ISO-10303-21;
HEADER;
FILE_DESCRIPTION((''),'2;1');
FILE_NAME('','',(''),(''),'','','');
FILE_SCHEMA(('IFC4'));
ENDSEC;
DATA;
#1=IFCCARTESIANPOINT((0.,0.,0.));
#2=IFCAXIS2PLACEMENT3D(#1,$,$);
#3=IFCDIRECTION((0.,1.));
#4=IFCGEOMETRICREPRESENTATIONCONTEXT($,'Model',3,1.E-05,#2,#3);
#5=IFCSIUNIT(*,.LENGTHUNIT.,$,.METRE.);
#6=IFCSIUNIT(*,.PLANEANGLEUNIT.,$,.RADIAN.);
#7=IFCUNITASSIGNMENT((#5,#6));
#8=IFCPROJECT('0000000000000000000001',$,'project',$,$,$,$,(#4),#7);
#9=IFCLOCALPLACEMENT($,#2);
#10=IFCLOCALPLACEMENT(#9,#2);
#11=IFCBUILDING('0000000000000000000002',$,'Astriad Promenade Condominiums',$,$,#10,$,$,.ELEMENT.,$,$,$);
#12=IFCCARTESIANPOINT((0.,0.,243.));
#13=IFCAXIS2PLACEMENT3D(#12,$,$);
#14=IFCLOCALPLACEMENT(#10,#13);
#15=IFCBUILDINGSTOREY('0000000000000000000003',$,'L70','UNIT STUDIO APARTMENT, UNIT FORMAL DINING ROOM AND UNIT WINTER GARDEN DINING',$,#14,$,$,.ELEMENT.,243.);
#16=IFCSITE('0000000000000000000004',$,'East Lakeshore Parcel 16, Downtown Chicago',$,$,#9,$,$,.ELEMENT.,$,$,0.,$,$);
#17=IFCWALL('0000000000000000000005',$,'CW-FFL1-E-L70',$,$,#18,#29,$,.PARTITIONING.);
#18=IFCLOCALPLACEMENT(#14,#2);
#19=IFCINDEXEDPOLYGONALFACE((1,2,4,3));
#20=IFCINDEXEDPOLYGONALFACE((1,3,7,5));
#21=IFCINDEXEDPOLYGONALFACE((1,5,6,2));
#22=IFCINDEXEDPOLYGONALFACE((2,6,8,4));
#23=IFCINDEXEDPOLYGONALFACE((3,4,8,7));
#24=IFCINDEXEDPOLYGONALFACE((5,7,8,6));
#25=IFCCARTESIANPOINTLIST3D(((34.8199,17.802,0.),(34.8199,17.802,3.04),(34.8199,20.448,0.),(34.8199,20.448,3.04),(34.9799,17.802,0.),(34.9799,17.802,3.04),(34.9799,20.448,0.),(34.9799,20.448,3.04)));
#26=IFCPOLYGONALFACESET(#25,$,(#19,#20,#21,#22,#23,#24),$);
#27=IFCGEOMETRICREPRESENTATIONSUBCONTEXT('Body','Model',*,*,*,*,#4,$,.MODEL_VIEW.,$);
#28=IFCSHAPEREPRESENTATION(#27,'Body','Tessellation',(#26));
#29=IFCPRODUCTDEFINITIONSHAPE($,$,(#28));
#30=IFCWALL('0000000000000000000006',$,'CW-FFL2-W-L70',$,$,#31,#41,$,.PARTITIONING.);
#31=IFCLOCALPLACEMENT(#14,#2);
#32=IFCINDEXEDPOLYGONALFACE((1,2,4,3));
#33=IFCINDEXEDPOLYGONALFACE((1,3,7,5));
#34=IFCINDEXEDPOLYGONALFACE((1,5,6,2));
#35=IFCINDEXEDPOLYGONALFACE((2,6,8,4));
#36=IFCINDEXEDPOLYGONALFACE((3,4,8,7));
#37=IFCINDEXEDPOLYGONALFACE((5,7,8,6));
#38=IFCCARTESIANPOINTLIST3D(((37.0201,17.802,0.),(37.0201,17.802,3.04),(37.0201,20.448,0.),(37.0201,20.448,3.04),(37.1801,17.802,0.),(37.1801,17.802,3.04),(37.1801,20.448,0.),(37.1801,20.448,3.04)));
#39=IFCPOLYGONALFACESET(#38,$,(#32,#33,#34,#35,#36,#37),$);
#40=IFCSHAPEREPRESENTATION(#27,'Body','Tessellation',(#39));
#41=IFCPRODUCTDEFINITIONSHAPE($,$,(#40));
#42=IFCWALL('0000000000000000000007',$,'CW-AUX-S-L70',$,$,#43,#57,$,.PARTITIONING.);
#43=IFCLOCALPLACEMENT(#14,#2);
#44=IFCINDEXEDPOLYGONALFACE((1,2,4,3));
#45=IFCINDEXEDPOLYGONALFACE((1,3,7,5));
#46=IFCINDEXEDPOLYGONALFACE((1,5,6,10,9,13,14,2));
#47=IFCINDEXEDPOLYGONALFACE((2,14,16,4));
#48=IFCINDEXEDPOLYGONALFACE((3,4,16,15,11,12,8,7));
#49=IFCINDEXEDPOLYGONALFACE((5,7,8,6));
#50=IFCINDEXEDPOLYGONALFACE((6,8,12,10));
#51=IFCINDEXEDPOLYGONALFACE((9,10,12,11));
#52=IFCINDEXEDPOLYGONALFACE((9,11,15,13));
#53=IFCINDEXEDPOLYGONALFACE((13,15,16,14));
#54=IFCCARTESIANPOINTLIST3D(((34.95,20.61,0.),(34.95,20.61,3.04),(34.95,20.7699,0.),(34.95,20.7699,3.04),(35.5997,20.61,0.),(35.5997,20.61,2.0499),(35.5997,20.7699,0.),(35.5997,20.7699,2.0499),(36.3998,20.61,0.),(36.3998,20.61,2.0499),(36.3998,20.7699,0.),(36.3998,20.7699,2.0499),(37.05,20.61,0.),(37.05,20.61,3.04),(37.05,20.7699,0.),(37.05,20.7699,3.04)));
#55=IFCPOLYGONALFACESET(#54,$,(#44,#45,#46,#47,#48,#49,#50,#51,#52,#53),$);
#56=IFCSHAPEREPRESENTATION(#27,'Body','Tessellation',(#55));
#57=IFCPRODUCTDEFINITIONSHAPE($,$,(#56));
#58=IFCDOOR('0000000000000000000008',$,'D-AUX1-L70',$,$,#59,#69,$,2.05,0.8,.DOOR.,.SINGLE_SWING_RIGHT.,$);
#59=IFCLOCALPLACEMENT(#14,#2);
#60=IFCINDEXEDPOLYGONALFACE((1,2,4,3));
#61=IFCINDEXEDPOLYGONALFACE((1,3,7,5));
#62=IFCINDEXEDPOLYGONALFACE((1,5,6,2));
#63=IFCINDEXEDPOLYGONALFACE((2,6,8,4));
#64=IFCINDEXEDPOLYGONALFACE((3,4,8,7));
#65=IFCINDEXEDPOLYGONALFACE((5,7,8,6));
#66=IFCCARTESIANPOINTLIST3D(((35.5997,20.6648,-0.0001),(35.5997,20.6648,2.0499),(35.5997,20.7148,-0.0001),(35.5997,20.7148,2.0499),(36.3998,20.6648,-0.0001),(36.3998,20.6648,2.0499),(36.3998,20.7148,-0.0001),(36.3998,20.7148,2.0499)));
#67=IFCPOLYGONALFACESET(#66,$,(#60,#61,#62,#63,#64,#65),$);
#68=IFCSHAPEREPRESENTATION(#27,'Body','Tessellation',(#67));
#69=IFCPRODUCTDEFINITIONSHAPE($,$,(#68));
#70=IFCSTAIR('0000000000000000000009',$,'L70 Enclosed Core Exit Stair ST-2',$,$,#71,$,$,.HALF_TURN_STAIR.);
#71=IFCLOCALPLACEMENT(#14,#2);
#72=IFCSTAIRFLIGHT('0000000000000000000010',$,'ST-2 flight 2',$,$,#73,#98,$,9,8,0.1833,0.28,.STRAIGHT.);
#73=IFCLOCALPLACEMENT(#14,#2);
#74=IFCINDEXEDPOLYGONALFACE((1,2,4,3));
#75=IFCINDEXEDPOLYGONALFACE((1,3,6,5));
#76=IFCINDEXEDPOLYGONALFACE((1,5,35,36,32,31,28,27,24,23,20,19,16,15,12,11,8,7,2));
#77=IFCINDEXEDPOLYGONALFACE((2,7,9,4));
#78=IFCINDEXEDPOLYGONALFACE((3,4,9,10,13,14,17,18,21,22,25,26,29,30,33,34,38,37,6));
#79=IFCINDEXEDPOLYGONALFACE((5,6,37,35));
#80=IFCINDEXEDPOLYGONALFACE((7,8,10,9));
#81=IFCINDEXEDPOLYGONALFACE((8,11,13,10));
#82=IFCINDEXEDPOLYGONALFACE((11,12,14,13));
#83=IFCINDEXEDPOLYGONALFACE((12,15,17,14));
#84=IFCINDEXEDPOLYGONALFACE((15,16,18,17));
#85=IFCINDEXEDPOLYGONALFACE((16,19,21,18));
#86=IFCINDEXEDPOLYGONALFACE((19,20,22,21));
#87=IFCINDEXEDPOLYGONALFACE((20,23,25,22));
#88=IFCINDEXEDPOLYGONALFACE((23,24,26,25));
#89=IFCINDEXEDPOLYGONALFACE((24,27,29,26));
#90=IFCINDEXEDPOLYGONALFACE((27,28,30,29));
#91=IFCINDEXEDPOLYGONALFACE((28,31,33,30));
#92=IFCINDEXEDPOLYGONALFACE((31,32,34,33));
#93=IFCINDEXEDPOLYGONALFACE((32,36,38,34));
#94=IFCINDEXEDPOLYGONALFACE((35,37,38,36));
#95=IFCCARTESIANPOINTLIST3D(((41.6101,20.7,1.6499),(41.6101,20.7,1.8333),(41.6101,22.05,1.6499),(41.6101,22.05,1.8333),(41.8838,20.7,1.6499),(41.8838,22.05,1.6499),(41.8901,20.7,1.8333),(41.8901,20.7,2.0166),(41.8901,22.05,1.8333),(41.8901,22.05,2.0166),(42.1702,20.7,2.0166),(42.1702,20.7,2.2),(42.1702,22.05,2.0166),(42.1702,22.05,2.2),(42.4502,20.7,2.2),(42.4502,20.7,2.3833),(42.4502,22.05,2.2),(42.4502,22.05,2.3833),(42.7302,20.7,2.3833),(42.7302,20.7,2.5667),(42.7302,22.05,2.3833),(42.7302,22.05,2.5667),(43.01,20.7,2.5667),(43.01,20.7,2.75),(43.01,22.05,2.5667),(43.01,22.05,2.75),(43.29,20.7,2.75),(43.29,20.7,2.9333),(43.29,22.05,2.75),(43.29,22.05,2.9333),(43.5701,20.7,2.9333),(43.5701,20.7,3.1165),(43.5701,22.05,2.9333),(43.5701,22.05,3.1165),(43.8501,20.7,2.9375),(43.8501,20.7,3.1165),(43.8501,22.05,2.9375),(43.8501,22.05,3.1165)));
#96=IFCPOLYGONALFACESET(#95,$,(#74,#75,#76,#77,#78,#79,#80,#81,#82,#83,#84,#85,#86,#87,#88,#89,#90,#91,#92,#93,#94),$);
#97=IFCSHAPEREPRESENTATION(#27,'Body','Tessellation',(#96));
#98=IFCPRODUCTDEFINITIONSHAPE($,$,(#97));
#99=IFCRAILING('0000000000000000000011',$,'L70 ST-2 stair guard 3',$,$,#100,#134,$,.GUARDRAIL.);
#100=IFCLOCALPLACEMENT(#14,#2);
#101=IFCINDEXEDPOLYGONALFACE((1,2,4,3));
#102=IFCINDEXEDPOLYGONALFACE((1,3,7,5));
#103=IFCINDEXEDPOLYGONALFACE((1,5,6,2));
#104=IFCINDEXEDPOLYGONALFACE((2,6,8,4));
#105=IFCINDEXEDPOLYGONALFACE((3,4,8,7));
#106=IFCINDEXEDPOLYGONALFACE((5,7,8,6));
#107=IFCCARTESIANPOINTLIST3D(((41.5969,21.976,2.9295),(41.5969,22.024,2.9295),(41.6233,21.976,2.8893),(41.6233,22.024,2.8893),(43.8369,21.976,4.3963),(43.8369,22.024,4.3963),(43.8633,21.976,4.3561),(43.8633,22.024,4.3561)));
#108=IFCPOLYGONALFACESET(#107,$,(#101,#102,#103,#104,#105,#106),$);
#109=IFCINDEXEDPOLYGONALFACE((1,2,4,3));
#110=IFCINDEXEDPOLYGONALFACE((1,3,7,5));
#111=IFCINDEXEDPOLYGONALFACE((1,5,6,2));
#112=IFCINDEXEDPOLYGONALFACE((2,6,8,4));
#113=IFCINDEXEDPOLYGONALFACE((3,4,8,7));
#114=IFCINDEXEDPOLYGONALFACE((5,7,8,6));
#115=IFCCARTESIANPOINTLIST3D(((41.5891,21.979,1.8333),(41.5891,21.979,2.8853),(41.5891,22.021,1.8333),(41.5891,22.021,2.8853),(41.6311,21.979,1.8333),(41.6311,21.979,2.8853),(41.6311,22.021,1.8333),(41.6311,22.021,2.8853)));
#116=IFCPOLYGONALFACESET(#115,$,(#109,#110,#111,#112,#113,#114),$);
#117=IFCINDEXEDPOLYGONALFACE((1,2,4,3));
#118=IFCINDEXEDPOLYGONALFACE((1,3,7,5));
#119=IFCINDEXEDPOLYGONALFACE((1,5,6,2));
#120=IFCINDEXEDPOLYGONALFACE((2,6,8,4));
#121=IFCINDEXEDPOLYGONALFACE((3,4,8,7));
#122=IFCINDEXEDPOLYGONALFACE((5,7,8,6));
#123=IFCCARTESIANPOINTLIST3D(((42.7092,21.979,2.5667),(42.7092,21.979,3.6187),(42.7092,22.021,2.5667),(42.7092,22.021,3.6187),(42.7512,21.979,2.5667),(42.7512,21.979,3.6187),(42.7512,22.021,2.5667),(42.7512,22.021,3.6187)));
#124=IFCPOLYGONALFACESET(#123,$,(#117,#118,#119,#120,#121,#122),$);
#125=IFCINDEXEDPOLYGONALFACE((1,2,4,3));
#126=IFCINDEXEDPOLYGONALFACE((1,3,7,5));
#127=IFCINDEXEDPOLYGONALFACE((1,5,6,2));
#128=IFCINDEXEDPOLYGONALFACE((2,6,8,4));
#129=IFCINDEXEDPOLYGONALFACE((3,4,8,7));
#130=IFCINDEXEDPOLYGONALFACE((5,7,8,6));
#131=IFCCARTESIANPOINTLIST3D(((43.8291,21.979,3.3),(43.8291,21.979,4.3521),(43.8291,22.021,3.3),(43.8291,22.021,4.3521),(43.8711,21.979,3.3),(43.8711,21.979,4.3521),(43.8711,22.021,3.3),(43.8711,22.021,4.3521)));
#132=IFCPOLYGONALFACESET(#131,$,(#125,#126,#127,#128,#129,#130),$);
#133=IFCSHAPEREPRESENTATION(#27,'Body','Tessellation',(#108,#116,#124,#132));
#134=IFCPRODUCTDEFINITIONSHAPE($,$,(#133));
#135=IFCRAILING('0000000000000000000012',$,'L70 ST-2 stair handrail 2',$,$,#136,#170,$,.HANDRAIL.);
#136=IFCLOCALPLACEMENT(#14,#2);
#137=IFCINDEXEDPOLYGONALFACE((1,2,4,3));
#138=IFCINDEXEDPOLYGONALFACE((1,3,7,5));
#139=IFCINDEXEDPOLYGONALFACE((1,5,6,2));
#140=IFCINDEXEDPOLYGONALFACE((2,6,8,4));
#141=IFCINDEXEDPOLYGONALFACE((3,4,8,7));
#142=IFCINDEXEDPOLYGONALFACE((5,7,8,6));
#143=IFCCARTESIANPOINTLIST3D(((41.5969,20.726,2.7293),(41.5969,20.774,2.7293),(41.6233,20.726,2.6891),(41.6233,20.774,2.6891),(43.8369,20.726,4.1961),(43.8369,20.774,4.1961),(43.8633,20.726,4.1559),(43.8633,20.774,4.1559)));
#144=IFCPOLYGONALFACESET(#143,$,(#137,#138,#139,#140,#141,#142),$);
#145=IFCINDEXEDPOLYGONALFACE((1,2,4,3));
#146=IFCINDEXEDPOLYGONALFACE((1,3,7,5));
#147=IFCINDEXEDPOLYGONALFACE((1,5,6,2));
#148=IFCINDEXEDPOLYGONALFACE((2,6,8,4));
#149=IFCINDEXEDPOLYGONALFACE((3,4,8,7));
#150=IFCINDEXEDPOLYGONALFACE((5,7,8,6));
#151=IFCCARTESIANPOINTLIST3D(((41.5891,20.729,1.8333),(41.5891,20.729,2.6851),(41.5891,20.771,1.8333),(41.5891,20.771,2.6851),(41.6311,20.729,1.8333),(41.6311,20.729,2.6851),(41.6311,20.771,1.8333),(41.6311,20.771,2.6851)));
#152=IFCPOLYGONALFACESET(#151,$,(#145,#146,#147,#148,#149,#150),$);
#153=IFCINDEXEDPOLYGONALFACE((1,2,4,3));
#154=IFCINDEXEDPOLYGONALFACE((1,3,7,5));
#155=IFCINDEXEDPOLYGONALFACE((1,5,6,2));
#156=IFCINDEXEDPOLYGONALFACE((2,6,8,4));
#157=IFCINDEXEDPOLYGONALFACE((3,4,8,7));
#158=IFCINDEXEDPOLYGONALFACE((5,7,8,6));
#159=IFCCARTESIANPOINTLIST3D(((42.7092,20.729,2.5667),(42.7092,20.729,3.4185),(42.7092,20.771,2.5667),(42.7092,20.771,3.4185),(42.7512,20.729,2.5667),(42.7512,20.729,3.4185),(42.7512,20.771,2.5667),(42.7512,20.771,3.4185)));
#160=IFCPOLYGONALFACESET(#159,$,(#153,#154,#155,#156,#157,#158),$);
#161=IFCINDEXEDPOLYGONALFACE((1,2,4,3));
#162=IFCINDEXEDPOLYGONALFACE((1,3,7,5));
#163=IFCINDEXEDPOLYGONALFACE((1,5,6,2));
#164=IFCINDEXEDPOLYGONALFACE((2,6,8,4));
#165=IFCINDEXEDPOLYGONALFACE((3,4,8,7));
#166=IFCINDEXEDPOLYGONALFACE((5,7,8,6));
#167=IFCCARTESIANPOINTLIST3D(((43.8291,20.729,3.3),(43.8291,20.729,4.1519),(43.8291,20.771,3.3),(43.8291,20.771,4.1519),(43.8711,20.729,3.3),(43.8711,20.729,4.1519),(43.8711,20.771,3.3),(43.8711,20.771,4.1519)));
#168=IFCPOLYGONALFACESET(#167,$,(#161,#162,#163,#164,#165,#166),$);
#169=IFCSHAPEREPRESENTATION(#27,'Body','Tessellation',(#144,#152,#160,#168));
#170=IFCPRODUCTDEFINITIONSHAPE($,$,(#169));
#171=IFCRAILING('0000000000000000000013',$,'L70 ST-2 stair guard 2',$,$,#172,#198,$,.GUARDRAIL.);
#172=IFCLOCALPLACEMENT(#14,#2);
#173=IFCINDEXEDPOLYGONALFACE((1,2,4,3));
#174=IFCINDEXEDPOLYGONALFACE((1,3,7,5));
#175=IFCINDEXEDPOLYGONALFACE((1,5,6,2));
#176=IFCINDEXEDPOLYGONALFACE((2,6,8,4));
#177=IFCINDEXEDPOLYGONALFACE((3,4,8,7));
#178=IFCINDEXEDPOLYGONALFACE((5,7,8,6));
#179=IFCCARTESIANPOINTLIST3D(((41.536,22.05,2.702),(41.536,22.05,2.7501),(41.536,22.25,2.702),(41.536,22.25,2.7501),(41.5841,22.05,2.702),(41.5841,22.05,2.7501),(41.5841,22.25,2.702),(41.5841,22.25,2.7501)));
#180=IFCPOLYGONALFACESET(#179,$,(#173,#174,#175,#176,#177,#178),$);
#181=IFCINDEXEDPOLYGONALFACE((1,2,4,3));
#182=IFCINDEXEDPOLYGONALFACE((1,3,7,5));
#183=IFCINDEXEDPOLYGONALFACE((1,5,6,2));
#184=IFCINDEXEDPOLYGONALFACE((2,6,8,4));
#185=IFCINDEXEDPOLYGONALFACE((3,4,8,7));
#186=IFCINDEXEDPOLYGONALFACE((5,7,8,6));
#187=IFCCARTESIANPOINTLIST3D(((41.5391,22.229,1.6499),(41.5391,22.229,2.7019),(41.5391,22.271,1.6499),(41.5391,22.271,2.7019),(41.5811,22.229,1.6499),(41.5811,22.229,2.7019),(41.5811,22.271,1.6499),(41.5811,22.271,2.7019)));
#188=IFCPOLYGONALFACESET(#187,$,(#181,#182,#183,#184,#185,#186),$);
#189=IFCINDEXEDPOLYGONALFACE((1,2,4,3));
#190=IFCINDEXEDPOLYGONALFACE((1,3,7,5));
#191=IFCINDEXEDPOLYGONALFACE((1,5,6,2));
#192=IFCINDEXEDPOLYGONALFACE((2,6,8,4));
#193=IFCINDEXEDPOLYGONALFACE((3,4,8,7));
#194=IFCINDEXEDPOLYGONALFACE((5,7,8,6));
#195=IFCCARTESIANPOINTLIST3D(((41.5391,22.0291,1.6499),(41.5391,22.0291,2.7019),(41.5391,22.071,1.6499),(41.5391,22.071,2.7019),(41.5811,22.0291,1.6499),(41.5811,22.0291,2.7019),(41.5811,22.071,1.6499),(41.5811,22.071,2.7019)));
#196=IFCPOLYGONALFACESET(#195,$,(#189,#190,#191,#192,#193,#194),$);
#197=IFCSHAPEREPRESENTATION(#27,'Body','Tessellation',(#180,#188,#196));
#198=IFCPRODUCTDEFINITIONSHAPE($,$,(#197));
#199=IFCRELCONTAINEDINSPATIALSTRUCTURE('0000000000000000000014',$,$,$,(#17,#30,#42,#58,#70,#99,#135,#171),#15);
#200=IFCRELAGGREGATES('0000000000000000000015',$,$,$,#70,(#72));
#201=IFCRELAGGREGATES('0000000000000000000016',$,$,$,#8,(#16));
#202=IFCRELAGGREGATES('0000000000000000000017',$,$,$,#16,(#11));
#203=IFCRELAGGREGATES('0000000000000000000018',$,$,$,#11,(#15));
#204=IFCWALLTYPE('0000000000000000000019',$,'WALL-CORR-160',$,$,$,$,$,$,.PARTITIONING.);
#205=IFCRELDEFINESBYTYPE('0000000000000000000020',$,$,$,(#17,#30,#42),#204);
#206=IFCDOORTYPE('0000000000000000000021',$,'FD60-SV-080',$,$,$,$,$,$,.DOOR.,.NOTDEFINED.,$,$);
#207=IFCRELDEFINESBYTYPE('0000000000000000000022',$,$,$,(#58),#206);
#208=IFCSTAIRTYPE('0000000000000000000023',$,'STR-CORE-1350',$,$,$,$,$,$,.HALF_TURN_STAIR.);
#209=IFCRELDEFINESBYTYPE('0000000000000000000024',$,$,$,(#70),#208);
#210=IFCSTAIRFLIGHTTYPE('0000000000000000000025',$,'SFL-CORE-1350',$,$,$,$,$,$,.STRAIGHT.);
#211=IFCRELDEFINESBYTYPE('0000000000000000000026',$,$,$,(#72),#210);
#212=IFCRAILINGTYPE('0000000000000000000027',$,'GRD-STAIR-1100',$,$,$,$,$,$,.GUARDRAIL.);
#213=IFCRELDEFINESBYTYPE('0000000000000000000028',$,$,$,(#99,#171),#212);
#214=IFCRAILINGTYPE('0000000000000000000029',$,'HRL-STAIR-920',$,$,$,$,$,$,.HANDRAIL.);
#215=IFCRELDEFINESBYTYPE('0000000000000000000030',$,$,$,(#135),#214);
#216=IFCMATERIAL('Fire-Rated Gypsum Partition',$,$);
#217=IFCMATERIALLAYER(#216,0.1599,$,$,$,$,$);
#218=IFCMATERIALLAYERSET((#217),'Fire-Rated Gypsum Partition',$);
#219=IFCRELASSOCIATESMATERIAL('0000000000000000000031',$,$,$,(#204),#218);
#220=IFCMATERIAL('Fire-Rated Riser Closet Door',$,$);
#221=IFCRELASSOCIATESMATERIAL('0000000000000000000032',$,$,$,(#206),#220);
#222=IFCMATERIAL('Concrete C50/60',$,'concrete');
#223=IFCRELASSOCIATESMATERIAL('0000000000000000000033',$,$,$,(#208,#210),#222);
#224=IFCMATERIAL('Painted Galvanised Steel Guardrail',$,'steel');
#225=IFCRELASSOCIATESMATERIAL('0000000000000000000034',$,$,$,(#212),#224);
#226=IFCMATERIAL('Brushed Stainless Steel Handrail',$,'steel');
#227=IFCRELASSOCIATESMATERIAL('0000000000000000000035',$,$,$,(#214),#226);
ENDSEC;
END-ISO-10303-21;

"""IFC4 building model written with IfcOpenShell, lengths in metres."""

from ifc_helpers import new_model, si_unit, direction, frame, frame_2d, origin, origin_2d, place, context, subcontext, project, spatial, polyline, rectangle, outline, extrude, source, transform, mapped, material, layer, layer_set, type_object, type_shapes, element, fill, aggregate, save


model = new_model("IFC4")

# Units and contexts
model_context = context("Model", 3, precision=1e-05, world=origin(), true_north=direction((0.0, 1.0)))
body_context = subcontext(model_context, "Body", "Model", "MODEL_VIEW")
ifc_project = project(units=[si_unit("LENGTHUNIT", "METRE"), si_unit("PLANEANGLEUNIT", "RADIAN")], contexts=[model_context])

# Site, building, storey
site_placement = place(None, origin())
site = spatial("IfcSite", under=ifc_project, at=site_placement, Name="East Lakeshore Parcel 16, Downtown Chicago", CompositionType="ELEMENT", RefElevation=0.0)
building_placement = place(site_placement, origin())
building = spatial("IfcBuilding", under=site, at=building_placement, Name="Astriad Promenade Condominiums", CompositionType="ELEMENT")
storey_placement = place(building_placement, frame((0.0, 0.0, 243.0)))
storey = spatial("IfcBuildingStorey", under=building, at=storey_placement, Name="L70", Description="UNIT STUDIO APARTMENT, UNIT FORMAL DINING ROOM AND UNIT WINTER GARDEN DINING", CompositionType="ELEMENT", Elevation=243.0)

# Shared definitions
ifc_material_1 = material(Name="Concrete C50/60", Category="concrete")

# Walls
ifc_material_2 = material(Name="Fire-Rated Gypsum Partition")
ifc_layer_1 = layer(ifc_material_2, 0.1599)
ifc_layer_set_1 = layer_set([ifc_layer_1], Name="Fire-Rated Gypsum Partition")
wall_type_1 = type_object("IfcWallType", Name="WALL-CORR-160", PredefinedType="PARTITIONING", material=ifc_layer_set_1)
for number, where, z_axis, x_axis, name in (
    (1, (34.8999, 17.802, 0.0), (0.0, 0.0, 1.0), (0.0, 1.0, 0.0), "CW-FFL1-E-L70"),
    (2, (37.1001, 17.802, 0.0), (0.0, 0.0, 1.0), (0.0, 1.0, 0.0), "CW-FFL2-W-L70"),
):
    element("IfcWall", number, at=place(storey_placement, frame(where, z_axis=z_axis, x_axis=x_axis)), inside=storey, type_object=wall_type_1, Name=name, PredefinedType="PARTITIONING", context=body_context, shape_type="SweptSolid", body=[
        extrude(rectangle(XDim=2.646, YDim=0.1599, at=frame_2d((1.323, 0.0))), origin(), (0.0, 0.0, 1.0), 3.04),
    ])

# Wall, opening, door
wall_1_placement = place(storey_placement, frame((34.95, 20.6899, 0.0), z_axis=(0.0, 0.0, 1.0), x_axis=(1.0, 0.0, 0.0)))
wall_1 = element("IfcWall", 3, at=wall_1_placement, inside=storey, type_object=wall_type_1, Name="CW-AUX-S-L70", PredefinedType="PARTITIONING", context=body_context, shape_type="SweptSolid", body=[
    extrude(rectangle(XDim=2.1001, YDim=0.1599, at=frame_2d((1.05, 0.0))), origin(), (0.0, 0.0, 1.0), 3.04),
])
opening_1_placement = place(wall_1_placement, frame((0.6499, 0.0, 0.0)))
opening_1 = element("IfcOpeningElement", 4, at=opening_1_placement, cuts=wall_1, PredefinedType="OPENING", context=body_context, shape_type="SweptSolid", body=[
    extrude(rectangle(XDim=0.8, YDim=2.05, at=frame_2d((0.3999, 1.0249))), frame((0.0, 0.0898, 0.0), z_axis=(0.0, -1.0, 0.0), x_axis=(1.0, 0.0, 0.0)), (0.0, 0.0, 1.0), 0.1799),
])
ifc_material_3 = material(Name="Fire-Rated Riser Closet Door")
door_type_1 = type_object("IfcDoorType", Name="FD60-SV-080", OperationType="NOTDEFINED", PredefinedType="DOOR", material=ifc_material_3)
shared_shape_1 = source(origin(), body_context, "Body", "SweptSolid", [
    extrude(rectangle(XDim=0.8, YDim=2.05, at=frame_2d((0.3999, 1.0249))), frame((0.0, 0.0249, 0.0), z_axis=(0.0, -1.0, 0.0), x_axis=(1.0, 0.0, 0.0)), (0.0, 0.0, 1.0), 0.05),
])
type_shapes(door_type_1, [shared_shape_1])
door_1_placement = place(opening_1_placement, origin())
door_1 = element("IfcDoor", 5, at=door_1_placement, inside=storey, type_object=door_type_1, Name="D-AUX1-L70", OperationType="SINGLE_SWING_RIGHT", OverallHeight=2.05, OverallWidth=0.8, PredefinedType="DOOR", context=body_context, shape_type="MappedRepresentation", body=[
    mapped(shared_shape_1, transform((0.0, 0.0, 0.0), scale=1.0)),
])
fill(opening_1, door_1)

# Stair, stair flight
stair_type = type_object("IfcStairType", Name="STR-CORE-1350", PredefinedType="HALF_TURN_STAIR", material=ifc_material_1)
stair_placement = place(storey_placement, origin())
stair = element("IfcStair", 6, at=stair_placement, inside=storey, type_object=stair_type, Name="L70 Enclosed Core Exit Stair ST-2", PredefinedType="HALF_TURN_STAIR")
stair_flight_type = type_object("IfcStairFlightType", Name="SFL-CORE-1350", PredefinedType="STRAIGHT", material=ifc_material_1)
shared_shape_2 = source(origin(), body_context, "Body", "SweptSolid", [
    extrude(outline(polyline([(0.0, 0.0), (0.0, 0.1833), (0.28, 0.1833), (0.28, 0.3667), (0.5601, 0.3667), (0.5601, 0.55), (0.8401, 0.55), (0.8401, 0.7334), (1.1201, 0.7334), (1.1201, 0.9167), (1.3999, 0.9167), (1.3999, 1.1001), (1.6799, 1.1001), (1.6799, 1.2834), (1.96, 1.2834), (1.96, 1.4666), (2.24, 1.4666), (2.24, 1.6499), (2.24, 1.2876), (0.2737, 0.0), (0.0, 0.0)])), frame((0.0, 0.675, 0.0), z_axis=(0.0, -1.0, 0.0), x_axis=(1.0, 0.0, 0.0)), (0.0, 0.0, 1.0), 1.3501),
])
type_shapes(stair_flight_type, [shared_shape_2])
stair_flight_placement = place(storey_placement, frame((41.6101, 21.375, 1.6499), z_axis=(0.0, 0.0, 1.0), x_axis=(1.0, 0.0, 0.0)))
stair_flight = element("IfcStairFlight", 7, at=stair_flight_placement, type_object=stair_flight_type, Name="ST-2 flight 2", NumberOfRisers=9, NumberOfTreads=8, PredefinedType="STRAIGHT", RiserHeight=0.1833, TreadLength=0.28, context=body_context, shape_type="MappedRepresentation", body=[
    mapped(shared_shape_2, transform((0.0, 0.0, 0.0), scale=1.0)),
])
aggregate(stair, [stair_flight])

# Railings
ifc_material_4 = material(Name="Painted Galvanised Steel Guardrail", Category="steel")
railing_type_1 = type_object("IfcRailingType", Name="GRD-STAIR-1100", PredefinedType="GUARDRAIL", material=ifc_material_4)
shared_shape_3 = source(origin(), body_context, "Body", "SweptSolid", [
    extrude(rectangle(XDim=0.0481, YDim=0.0481, at=origin_2d()), frame((0.0, 0.0, 1.0762), z_axis=(0.836595, 0.0, 0.547822), x_axis=(0.0, 1.0, 0.0)), (0.0, 0.0, 1.0), 2.6775),
    extrude(rectangle(XDim=0.042, YDim=0.042, at=origin_2d()), origin(), (0.0, 0.0, 1.0), 1.052),
    extrude(rectangle(XDim=0.042, YDim=0.042, at=origin_2d()), frame((1.1201, 0.0, 0.7334)), (0.0, 0.0, 1.0), 1.052),
    extrude(rectangle(XDim=0.042, YDim=0.042, at=origin_2d()), frame((2.24, 0.0, 1.4668)), (0.0, 0.0, 1.0), 1.052),
])
railing_1_placement = place(storey_placement, frame((41.6101, 22.0, 1.8333)))
element("IfcRailing", 8, at=railing_1_placement, inside=storey, type_object=railing_type_1, Name="L70 ST-2 stair guard 3", PredefinedType="GUARDRAIL", context=body_context, shape_type="MappedRepresentation", body=[
    mapped(shared_shape_3, transform((0.0, 0.0, 0.0), scale=1.0)),
])
ifc_material_5 = material(Name="Brushed Stainless Steel Handrail", Category="steel")
railing_type_2 = type_object("IfcRailingType", Name="HRL-STAIR-920", PredefinedType="HANDRAIL", material=ifc_material_5)
shared_shape_4 = source(origin(), body_context, "Body", "SweptSolid", [
    extrude(rectangle(XDim=0.0481, YDim=0.0481, at=origin_2d()), frame((0.0, 0.0, 0.876), z_axis=(0.836595, 0.0, 0.547822), x_axis=(0.0, 1.0, 0.0)), (0.0, 0.0, 1.0), 2.6775),
    extrude(rectangle(XDim=0.042, YDim=0.042, at=origin_2d()), origin(), (0.0, 0.0, 1.0), 0.8518),
    extrude(rectangle(XDim=0.042, YDim=0.042, at=origin_2d()), frame((1.1201, 0.0, 0.7334)), (0.0, 0.0, 1.0), 0.8518),
    extrude(rectangle(XDim=0.042, YDim=0.042, at=origin_2d()), frame((2.24, 0.0, 1.4668)), (0.0, 0.0, 1.0), 0.8518),
])
type_shapes(railing_type_2, [shared_shape_4])
railing_2_placement = place(storey_placement, frame((41.6101, 20.75, 1.8333)))
element("IfcRailing", 9, at=railing_2_placement, inside=storey, type_object=railing_type_2, Name="L70 ST-2 stair handrail 2", PredefinedType="HANDRAIL", context=body_context, shape_type="MappedRepresentation", body=[
    mapped(shared_shape_4, transform((0.0, 0.0, 0.0), scale=1.0)),
])
shared_shape_5 = source(origin(), body_context, "Body", "SweptSolid", [
    extrude(rectangle(XDim=0.0481, YDim=0.0481, at=origin_2d()), frame((0.0, 0.0, 1.0762), z_axis=(0.0, -1.0, 0.0), x_axis=(1.0, 0.0, 0.0)), (0.0, 0.0, 1.0), 0.2),
    extrude(rectangle(XDim=0.042, YDim=0.042, at=origin_2d()), origin(), (0.0, 0.0, 1.0), 1.052),
    extrude(rectangle(XDim=0.042, YDim=0.042, at=origin_2d()), frame((0.0, -0.2, 0.0)), (0.0, 0.0, 1.0), 1.052),
])
type_shapes(railing_type_1, [shared_shape_3, shared_shape_5])
railing_3_placement = place(storey_placement, frame((41.5601, 22.25, 1.6499)))
element("IfcRailing", 10, at=railing_3_placement, inside=storey, type_object=railing_type_1, Name="L70 ST-2 stair guard 2", PredefinedType="GUARDRAIL", context=body_context, shape_type="MappedRepresentation", body=[
    mapped(shared_shape_5, transform((0.0, 0.0, 0.0), scale=1.0)),
])

save(model, "model.ifc")
